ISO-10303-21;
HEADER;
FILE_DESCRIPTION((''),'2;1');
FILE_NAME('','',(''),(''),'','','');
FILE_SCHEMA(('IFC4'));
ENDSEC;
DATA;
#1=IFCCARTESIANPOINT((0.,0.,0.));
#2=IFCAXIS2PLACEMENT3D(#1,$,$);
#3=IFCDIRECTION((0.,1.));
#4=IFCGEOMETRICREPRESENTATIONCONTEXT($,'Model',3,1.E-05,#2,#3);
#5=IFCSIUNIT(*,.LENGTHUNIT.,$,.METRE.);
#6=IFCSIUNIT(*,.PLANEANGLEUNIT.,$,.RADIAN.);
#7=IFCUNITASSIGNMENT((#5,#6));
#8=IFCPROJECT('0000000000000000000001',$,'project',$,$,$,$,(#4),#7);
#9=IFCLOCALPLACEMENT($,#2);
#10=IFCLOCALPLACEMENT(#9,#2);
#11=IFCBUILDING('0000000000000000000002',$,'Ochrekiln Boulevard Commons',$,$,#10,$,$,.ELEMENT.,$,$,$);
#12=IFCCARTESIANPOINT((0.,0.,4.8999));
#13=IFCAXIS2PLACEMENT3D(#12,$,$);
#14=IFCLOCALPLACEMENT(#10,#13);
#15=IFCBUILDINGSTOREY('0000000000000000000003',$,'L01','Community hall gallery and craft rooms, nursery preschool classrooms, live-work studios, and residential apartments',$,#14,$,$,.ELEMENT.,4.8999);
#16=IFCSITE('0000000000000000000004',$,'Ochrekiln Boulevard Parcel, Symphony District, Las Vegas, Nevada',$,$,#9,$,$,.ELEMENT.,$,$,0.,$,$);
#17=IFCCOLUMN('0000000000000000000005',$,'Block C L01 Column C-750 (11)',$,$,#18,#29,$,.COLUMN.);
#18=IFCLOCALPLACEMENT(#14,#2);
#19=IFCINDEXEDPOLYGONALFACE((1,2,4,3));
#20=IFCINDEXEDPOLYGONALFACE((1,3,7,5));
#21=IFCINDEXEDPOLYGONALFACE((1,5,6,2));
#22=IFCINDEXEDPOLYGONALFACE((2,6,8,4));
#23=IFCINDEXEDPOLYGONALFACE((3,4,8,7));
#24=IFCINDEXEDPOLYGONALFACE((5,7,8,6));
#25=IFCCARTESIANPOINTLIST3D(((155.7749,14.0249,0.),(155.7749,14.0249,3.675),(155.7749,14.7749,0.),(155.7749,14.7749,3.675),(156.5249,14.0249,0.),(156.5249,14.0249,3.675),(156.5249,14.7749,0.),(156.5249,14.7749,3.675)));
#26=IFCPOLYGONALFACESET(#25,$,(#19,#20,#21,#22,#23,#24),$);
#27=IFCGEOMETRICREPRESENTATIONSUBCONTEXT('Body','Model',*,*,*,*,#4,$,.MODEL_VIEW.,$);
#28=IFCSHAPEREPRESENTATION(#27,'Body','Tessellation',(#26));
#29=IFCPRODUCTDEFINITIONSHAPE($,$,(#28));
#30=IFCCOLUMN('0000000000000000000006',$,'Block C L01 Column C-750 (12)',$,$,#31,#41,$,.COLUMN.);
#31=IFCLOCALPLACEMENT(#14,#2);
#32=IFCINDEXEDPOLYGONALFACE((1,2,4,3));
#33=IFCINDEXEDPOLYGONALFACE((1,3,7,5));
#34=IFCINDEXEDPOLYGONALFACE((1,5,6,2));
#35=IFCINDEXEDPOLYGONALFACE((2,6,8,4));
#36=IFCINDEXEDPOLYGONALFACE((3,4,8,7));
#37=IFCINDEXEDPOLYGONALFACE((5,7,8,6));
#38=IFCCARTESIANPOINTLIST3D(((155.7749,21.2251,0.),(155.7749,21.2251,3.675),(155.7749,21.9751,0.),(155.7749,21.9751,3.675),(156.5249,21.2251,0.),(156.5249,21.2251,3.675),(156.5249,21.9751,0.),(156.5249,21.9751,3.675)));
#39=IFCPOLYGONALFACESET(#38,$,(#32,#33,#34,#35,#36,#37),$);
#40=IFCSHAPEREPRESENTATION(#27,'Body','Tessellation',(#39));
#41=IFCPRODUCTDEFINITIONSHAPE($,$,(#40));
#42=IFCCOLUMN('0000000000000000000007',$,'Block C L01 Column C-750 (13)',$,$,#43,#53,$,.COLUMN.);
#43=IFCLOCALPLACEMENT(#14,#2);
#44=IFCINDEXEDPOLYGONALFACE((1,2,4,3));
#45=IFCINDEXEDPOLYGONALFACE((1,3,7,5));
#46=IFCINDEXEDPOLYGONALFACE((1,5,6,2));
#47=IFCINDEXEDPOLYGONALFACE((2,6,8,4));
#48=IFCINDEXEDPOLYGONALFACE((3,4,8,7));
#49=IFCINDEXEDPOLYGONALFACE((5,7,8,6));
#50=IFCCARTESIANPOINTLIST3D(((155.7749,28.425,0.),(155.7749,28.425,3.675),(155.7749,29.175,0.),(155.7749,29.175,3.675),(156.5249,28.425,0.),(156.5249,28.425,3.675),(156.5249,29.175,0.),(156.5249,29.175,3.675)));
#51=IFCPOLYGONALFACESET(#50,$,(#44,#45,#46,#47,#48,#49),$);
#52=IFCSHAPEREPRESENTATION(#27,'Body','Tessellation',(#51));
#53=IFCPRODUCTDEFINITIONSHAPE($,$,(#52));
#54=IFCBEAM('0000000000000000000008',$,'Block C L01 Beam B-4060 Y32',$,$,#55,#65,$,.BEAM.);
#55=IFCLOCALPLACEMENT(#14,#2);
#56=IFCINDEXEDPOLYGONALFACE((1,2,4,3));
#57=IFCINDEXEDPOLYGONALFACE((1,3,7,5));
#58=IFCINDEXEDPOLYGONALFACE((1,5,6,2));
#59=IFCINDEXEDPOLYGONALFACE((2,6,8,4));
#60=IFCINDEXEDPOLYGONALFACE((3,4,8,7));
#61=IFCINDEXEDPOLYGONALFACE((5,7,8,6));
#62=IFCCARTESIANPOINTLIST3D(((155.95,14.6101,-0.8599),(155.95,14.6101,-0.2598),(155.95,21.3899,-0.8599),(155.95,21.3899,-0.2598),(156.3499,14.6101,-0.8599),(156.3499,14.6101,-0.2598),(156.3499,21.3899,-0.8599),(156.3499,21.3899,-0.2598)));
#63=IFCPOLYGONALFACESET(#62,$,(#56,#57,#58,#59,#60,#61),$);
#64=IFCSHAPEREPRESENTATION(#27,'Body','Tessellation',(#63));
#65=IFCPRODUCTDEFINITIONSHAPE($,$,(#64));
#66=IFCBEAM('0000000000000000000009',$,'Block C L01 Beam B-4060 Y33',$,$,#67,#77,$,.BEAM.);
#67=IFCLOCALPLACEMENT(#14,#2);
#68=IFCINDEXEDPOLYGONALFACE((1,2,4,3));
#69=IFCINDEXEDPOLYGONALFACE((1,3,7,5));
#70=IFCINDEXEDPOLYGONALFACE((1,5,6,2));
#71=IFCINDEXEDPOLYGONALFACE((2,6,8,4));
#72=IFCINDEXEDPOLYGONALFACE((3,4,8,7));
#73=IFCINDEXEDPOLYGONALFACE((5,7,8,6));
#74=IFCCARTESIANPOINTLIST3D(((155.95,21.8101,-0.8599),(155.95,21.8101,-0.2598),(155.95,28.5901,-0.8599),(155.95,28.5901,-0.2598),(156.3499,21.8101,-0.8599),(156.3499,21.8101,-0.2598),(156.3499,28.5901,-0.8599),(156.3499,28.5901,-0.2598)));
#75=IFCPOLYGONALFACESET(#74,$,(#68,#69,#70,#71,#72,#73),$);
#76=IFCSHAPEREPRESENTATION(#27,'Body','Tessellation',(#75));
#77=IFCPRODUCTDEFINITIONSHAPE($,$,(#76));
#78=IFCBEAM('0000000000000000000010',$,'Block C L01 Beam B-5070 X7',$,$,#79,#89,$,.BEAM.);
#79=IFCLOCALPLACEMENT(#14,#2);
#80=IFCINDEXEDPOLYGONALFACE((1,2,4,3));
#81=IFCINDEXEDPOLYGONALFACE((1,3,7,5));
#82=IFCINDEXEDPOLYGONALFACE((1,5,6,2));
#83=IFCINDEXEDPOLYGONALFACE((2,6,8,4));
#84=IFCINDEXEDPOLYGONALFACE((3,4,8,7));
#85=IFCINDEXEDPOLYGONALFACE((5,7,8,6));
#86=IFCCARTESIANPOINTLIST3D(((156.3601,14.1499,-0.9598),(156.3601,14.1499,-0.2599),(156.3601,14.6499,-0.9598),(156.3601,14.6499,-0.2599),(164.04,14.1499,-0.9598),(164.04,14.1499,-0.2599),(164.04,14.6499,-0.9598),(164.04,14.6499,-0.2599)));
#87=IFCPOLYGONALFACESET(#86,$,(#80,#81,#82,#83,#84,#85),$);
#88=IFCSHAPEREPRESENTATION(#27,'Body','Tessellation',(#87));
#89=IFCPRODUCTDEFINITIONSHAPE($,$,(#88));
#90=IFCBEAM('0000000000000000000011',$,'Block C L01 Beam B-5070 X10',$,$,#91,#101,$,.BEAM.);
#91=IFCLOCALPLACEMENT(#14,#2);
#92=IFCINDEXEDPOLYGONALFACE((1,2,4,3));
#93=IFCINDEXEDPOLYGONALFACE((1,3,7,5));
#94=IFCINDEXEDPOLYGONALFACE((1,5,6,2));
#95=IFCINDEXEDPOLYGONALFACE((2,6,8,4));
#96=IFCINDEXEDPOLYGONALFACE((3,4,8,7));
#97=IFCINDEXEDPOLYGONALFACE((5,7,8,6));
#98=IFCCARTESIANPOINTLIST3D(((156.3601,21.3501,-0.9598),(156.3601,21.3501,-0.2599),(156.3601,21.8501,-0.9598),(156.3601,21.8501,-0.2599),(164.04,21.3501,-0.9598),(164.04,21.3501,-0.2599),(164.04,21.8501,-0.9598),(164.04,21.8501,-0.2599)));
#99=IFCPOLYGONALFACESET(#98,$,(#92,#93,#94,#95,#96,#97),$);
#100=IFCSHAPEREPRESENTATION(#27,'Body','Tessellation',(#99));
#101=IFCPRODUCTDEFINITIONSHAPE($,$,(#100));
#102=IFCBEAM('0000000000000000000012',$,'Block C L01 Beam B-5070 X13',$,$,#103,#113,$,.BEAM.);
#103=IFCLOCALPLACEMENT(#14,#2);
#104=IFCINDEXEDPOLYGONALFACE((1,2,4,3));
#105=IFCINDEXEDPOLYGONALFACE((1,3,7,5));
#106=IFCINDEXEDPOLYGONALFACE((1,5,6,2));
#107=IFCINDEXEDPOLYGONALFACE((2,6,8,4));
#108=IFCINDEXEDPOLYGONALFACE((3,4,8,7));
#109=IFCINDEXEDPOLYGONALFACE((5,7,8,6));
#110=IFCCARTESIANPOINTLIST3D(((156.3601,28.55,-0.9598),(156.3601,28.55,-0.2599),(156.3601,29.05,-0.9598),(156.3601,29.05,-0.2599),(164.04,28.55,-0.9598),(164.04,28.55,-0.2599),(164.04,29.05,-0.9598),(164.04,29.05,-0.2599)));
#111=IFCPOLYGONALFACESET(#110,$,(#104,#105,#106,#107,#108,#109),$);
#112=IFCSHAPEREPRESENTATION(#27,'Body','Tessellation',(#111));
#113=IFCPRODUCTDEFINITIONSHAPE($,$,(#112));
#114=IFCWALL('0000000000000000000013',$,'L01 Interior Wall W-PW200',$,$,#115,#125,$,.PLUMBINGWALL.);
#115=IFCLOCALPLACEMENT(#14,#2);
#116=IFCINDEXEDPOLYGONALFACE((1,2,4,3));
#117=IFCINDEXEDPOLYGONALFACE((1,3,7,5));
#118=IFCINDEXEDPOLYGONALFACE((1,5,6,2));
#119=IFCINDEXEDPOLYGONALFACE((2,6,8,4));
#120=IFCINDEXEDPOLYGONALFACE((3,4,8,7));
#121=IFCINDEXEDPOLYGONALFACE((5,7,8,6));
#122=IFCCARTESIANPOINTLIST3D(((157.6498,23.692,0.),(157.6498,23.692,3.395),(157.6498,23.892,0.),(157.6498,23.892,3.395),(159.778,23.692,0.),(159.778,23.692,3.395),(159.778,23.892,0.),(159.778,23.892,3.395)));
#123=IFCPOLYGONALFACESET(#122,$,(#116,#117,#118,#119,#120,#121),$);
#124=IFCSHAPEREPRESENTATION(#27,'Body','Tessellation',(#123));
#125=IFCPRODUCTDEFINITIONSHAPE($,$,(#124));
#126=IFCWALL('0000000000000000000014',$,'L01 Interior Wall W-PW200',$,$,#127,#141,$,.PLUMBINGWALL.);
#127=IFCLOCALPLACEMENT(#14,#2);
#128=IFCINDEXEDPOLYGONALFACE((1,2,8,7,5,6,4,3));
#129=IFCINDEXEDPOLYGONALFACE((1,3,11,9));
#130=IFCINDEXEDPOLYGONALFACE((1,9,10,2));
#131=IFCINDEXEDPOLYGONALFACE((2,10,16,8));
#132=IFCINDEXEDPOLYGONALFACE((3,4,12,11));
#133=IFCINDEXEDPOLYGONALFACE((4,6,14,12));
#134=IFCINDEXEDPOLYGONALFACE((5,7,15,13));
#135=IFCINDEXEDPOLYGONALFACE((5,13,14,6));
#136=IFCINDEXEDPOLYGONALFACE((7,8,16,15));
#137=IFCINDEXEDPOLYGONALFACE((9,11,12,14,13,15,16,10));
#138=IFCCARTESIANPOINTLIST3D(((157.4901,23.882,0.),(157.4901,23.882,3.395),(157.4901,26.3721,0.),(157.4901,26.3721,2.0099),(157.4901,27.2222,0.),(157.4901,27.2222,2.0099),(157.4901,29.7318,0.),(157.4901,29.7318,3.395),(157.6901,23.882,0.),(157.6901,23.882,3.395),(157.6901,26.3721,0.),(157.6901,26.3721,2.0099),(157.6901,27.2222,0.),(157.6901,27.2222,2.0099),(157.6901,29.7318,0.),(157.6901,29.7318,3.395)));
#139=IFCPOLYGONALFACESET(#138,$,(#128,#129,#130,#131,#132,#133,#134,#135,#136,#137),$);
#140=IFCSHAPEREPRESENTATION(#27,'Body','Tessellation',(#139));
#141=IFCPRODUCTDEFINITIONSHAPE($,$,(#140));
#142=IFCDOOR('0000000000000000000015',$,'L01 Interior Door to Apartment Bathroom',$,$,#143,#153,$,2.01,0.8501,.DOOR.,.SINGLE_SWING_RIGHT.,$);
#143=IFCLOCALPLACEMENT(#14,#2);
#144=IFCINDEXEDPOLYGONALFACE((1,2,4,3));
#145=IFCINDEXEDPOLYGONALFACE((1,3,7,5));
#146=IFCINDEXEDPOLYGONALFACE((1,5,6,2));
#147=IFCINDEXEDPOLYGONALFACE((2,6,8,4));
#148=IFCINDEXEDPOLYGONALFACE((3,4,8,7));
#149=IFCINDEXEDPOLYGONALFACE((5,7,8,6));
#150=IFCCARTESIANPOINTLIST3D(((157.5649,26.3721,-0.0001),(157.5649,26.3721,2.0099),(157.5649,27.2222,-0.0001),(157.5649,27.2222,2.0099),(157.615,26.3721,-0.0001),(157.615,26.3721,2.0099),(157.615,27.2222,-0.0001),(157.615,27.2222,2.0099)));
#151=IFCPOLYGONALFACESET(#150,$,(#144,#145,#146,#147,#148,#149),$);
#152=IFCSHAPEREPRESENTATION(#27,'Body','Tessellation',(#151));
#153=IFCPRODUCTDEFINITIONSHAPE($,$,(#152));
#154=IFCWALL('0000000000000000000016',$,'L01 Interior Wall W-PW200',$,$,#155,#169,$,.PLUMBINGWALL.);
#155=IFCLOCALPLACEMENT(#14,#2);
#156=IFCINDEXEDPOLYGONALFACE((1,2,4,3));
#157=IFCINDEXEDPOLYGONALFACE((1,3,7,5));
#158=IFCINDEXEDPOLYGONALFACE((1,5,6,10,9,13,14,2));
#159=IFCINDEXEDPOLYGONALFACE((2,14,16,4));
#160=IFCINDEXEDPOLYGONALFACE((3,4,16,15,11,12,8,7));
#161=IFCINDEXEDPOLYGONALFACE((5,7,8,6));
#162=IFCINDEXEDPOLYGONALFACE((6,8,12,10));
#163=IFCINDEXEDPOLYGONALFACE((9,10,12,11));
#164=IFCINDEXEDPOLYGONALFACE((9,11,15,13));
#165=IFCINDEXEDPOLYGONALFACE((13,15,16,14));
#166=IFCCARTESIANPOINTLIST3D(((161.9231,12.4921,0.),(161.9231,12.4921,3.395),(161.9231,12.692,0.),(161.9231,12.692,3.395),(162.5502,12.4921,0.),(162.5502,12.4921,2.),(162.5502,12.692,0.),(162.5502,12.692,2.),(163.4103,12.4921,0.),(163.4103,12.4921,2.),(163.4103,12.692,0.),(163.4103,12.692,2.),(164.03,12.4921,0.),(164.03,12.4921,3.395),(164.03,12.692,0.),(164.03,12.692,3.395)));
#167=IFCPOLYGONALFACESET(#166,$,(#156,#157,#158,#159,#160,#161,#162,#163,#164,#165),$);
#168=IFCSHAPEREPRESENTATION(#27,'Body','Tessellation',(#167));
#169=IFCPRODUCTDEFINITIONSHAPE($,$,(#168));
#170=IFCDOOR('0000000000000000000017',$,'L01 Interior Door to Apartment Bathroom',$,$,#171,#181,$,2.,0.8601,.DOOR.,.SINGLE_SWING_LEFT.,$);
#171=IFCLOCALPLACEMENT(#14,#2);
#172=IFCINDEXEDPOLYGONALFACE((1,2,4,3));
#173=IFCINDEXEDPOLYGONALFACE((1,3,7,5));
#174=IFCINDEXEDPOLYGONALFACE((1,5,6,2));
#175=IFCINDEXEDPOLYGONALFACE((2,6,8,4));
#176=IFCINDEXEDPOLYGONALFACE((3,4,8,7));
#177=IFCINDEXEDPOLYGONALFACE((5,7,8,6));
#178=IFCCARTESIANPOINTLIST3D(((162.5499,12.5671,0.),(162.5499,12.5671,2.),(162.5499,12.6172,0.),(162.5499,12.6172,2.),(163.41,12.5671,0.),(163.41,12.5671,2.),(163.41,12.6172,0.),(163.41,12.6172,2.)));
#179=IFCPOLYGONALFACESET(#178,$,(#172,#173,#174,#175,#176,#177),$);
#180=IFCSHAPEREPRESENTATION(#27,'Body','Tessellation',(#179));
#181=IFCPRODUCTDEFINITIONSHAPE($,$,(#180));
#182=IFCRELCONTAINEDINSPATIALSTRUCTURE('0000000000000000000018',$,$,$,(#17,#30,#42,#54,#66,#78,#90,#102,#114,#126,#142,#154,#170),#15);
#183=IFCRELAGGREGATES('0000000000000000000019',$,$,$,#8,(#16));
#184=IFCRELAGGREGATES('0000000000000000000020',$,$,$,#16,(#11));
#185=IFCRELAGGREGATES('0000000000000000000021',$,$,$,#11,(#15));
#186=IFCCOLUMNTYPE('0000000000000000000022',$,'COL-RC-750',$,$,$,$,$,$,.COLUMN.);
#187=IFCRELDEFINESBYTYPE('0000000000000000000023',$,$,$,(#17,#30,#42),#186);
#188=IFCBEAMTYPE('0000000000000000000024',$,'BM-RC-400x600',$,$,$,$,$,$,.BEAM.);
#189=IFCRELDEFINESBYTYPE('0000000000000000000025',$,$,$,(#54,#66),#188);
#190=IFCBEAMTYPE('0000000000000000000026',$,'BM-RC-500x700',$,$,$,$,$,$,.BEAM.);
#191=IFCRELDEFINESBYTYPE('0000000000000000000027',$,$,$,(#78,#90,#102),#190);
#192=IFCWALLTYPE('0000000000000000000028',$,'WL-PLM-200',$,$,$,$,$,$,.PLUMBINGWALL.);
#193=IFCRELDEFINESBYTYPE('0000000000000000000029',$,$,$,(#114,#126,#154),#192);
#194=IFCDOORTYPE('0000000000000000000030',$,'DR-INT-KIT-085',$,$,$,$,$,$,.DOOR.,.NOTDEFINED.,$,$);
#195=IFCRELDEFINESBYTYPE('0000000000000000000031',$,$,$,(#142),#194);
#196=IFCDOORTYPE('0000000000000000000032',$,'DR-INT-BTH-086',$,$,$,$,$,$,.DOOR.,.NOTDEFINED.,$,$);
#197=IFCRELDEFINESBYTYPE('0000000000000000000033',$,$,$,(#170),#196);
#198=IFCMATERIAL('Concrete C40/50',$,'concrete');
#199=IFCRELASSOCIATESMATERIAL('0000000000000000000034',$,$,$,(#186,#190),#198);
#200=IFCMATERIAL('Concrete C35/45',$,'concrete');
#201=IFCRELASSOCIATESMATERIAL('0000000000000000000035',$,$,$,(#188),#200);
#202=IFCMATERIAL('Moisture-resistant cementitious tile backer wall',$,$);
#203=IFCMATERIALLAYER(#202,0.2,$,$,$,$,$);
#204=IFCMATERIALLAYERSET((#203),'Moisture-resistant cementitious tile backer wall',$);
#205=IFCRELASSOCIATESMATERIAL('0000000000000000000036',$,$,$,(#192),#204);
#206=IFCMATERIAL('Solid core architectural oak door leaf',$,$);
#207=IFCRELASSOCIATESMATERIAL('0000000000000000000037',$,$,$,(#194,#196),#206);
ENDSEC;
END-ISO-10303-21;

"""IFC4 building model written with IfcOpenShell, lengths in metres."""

from ifc_helpers import new_model, si_unit, direction, frame, frame_2d, origin, origin_2d, place, context, subcontext, project, spatial, rectangle, extrude, material, layer, layer_set, material_profile, profile_set, type_object, element, fill, save


model = new_model("IFC4")

# Units and contexts
model_context = context("Model", 3, precision=1e-05, world=origin(), true_north=direction((0.0, 1.0)))
body_context = subcontext(model_context, "Body", "Model", "MODEL_VIEW")
ifc_project = project(units=[si_unit("LENGTHUNIT", "METRE"), si_unit("PLANEANGLEUNIT", "RADIAN")], contexts=[model_context])

# Site, building, storey
site_placement = place(None, origin())
site = spatial("IfcSite", under=ifc_project, at=site_placement, Name="Ochrekiln Boulevard Parcel, Symphony District, Las Vegas, Nevada", CompositionType="ELEMENT", RefElevation=0.0)
building_placement = place(site_placement, origin())
building = spatial("IfcBuilding", under=site, at=building_placement, Name="Ochrekiln Boulevard Commons", CompositionType="ELEMENT")
storey_placement = place(building_placement, frame((0.0, 0.0, 4.8999)))
storey = spatial("IfcBuildingStorey", under=building, at=storey_placement, Name="L01", Description="Community hall gallery and craft rooms, nursery preschool classrooms, live-work studios, and residential apartments", CompositionType="ELEMENT", Elevation=4.8999)

# Columns
ifc_material_1 = material(Name="Concrete C40/50", Category="concrete")
ifc_material_profile_1 = material_profile(ifc_material_1, rectangle(XDim=0.75, YDim=0.75, at=origin_2d()), Name="RC-COL-750x750")
ifc_profile_set_1 = profile_set([ifc_material_profile_1], Name="Concrete C40/50")
column_type = type_object("IfcColumnType", Name="COL-RC-750", PredefinedType="COLUMN", material=ifc_profile_set_1)
for number, where, z_axis, x_axis, name in (
    (1, (156.1499, 14.3999, 0.0), (0.0, 0.0, 1.0), (1.0, 0.0, 0.0), "Block C L01 Column C-750 (11)"),
    (2, (156.1499, 21.6001, 0.0), (0.0, 0.0, 1.0), (1.0, 0.0, 0.0), "Block C L01 Column C-750 (12)"),
    (3, (156.1499, 28.8, 0.0), (0.0, 0.0, 1.0), (1.0, 0.0, 0.0), "Block C L01 Column C-750 (13)"),
):
    element("IfcColumn", number, at=place(storey_placement, frame(where, z_axis=z_axis, x_axis=x_axis)), inside=storey, type_object=column_type, Name=name, PredefinedType="COLUMN", context=body_context, shape_type="SweptSolid", body=[
        extrude(rectangle(XDim=0.75, YDim=0.75, at=origin_2d()), origin(), (0.0, 0.0, 1.0), 3.675),
    ])

# Beams
ifc_material_2 = material(Name="Concrete C35/45", Category="concrete")
ifc_material_profile_2 = material_profile(ifc_material_2, rectangle(XDim=0.3999, YDim=0.6001, at=origin_2d()), Name="RC-BM-400x600")
ifc_profile_set_2 = profile_set([ifc_material_profile_2], Name="Concrete C35/45")
beam_type_1 = type_object("IfcBeamType", Name="BM-RC-400x600", PredefinedType="BEAM", material=ifc_profile_set_2)
beam_1_placement = place(storey_placement, frame((156.1499, 14.6101, -0.5598), z_axis=(0.0, 1.0, 0.0), x_axis=(-1.0, 0.0, 0.0)))
element("IfcBeam", 4, at=beam_1_placement, inside=storey, type_object=beam_type_1, Name="Block C L01 Beam B-4060 Y32", PredefinedType="BEAM", context=body_context, shape_type="SweptSolid", body=[
    extrude(rectangle(XDim=0.3999, YDim=0.6001, at=origin_2d()), origin(), (0.0, 0.0, 1.0), 6.7798),
])
beam_2_placement = place(storey_placement, frame((156.1499, 21.8101, -0.5598), z_axis=(0.0, 1.0, 0.0), x_axis=(-1.0, 0.0, 0.0)))
element("IfcBeam", 5, at=beam_2_placement, inside=storey, type_object=beam_type_1, Name="Block C L01 Beam B-4060 Y33", PredefinedType="BEAM", context=body_context, shape_type="SweptSolid", body=[
    extrude(rectangle(XDim=0.3999, YDim=0.6001, at=origin_2d()), origin(), (0.0, 0.0, 1.0), 6.78),
])
ifc_material_profile_3 = material_profile(ifc_material_1, rectangle(XDim=0.5, YDim=0.7, at=origin_2d()), Name="RC-BM-500x700")
ifc_profile_set_3 = profile_set([ifc_material_profile_3], Name="Concrete C40/50")
beam_type_2 = type_object("IfcBeamType", Name="BM-RC-500x700", PredefinedType="BEAM", material=ifc_profile_set_3)
for number, where, z_axis, x_axis, name in (
    (6, (156.3601, 14.3999, -0.6099), (1.0, 0.0, 0.0), (0.0, 1.0, 0.0), "Block C L01 Beam B-5070 X7"),
    (7, (156.3601, 21.6001, -0.6099), (1.0, 0.0, 0.0), (0.0, 1.0, 0.0), "Block C L01 Beam B-5070 X10"),
    (8, (156.3601, 28.8, -0.6099), (1.0, 0.0, 0.0), (0.0, 1.0, 0.0), "Block C L01 Beam B-5070 X13"),
):
    element("IfcBeam", number, at=place(storey_placement, frame(where, z_axis=z_axis, x_axis=x_axis)), inside=storey, type_object=beam_type_2, Name=name, PredefinedType="BEAM", context=body_context, shape_type="SweptSolid", body=[
        extrude(rectangle(XDim=0.5, YDim=0.7, at=origin_2d()), origin(), (0.0, 0.0, 1.0), 7.6799),
    ])

# Wall
ifc_material_3 = material(Name="Moisture-resistant cementitious tile backer wall")
ifc_layer_1 = layer(ifc_material_3, 0.2)
ifc_layer_set_1 = layer_set([ifc_layer_1], Name="Moisture-resistant cementitious tile backer wall")
wall_type_1 = type_object("IfcWallType", Name="WL-PLM-200", PredefinedType="PLUMBINGWALL", material=ifc_layer_set_1)
wall_1_placement = place(storey_placement, frame((157.6499, 23.792, 0.0), z_axis=(0.0, 0.0, 1.0), x_axis=(1.0, 0.0, 0.0)))
element("IfcWall", 9, at=wall_1_placement, inside=storey, type_object=wall_type_1, Name="L01 Interior Wall W-PW200", PredefinedType="PLUMBINGWALL", context=body_context, shape_type="SweptSolid", body=[
    extrude(rectangle(XDim=2.1282, YDim=0.2, at=frame_2d((1.064, 0.0))), origin(), (0.0, 0.0, 1.0), 3.395),
])

# Walls, openings, doors
wall_2_placement = place(storey_placement, frame((157.5901, 23.8821, 0.0), z_axis=(0.0, 0.0, 1.0), x_axis=(0.0, 1.0, 0.0)))
wall_2 = element("IfcWall", 10, at=wall_2_placement, inside=storey, type_object=wall_type_1, Name="L01 Interior Wall W-PW200", PredefinedType="PLUMBINGWALL", context=body_context, shape_type="SweptSolid", body=[
    extrude(rectangle(XDim=5.8499, YDim=0.2, at=frame_2d((2.9248, 0.0))), origin(), (0.0, 0.0, 1.0), 3.395),
])
opening_1_placement = place(wall_2_placement, frame((2.49, 0.0, 0.0)))
opening_1 = element("IfcOpeningElement", 11, at=opening_1_placement, cuts=wall_2, PredefinedType="OPENING", context=body_context, shape_type="SweptSolid", body=[
    extrude(rectangle(XDim=0.8501, YDim=2.01, at=frame_2d((0.425, 1.0049))), frame((0.0, 0.1099, 0.0), z_axis=(0.0, -1.0, 0.0), x_axis=(1.0, 0.0, 0.0)), (0.0, 0.0, 1.0), 0.22),
])
ifc_material_4 = material(Name="Solid core architectural oak door leaf")
door_type_1 = type_object("IfcDoorType", Name="DR-INT-KIT-085", OperationType="NOTDEFINED", PredefinedType="DOOR", material=ifc_material_4)
door_1_placement = place(opening_1_placement, frame((0.8501, 0.0, 0.0), z_axis=(0.0, 0.0, 1.0), x_axis=(-1.0, 0.0, 0.0)))
door_1 = element("IfcDoor", 12, at=door_1_placement, inside=storey, type_object=door_type_1, Name="L01 Interior Door to Apartment Bathroom", OperationType="SINGLE_SWING_RIGHT", OverallHeight=2.01, OverallWidth=0.8501, PredefinedType="DOOR", context=body_context, shape_type="SweptSolid", body=[
    extrude(rectangle(XDim=0.8501, YDim=2.01, at=frame_2d((0.425, 1.0049))), frame((0.0, 0.0249, 0.0), z_axis=(0.0, -1.0, 0.0), x_axis=(1.0, 0.0, 0.0)), (0.0, 0.0, 1.0), 0.05),
])
fill(opening_1, door_1)
wall_3_placement = place(storey_placement, frame((161.9231, 12.592, 0.0), z_axis=(0.0, 0.0, 1.0), x_axis=(1.0, 0.0, 0.0)))
wall_3 = element("IfcWall", 13, at=wall_3_placement, inside=storey, type_object=wall_type_1, Name="L01 Interior Wall W-PW200", PredefinedType="PLUMBINGWALL", context=body_context, shape_type="SweptSolid", body=[
    extrude(rectangle(XDim=2.1069, YDim=0.2, at=frame_2d((1.0535, 0.0))), origin(), (0.0, 0.0, 1.0), 3.395),
])
opening_2_placement = place(wall_3_placement, frame((0.627, 0.0, 0.0)))
opening_2 = element("IfcOpeningElement", 14, at=opening_2_placement, cuts=wall_3, PredefinedType="OPENING", context=body_context, shape_type="SweptSolid", body=[
    extrude(rectangle(XDim=0.8601, YDim=2.0, at=frame_2d((0.4302, 1.0))), frame((0.0, 0.1099, 0.0), z_axis=(0.0, -1.0, 0.0), x_axis=(1.0, 0.0, 0.0)), (0.0, 0.0, 1.0), 0.22),
])
door_type_2 = type_object("IfcDoorType", Name="DR-INT-BTH-086", OperationType="NOTDEFINED", PredefinedType="DOOR", material=ifc_material_4)
door_2_placement = place(opening_2_placement, frame((0.8601, 0.0, 0.0), z_axis=(0.0, 0.0, 1.0), x_axis=(-1.0, 0.0, 0.0)))
door_2 = element("IfcDoor", 15, at=door_2_placement, inside=storey, type_object=door_type_2, Name="L01 Interior Door to Apartment Bathroom", OperationType="SINGLE_SWING_LEFT", OverallHeight=2.0, OverallWidth=0.8601, PredefinedType="DOOR", context=body_context, shape_type="SweptSolid", body=[
    extrude(rectangle(XDim=0.8601, YDim=2.0, at=frame_2d((0.4302, 1.0))), frame((0.0, 0.0249, 0.0), z_axis=(0.0, -1.0, 0.0), x_axis=(1.0, 0.0, 0.0)), (0.0, 0.0, 1.0), 0.05),
])
fill(opening_2, door_2)

save(model, "model.ifc")
